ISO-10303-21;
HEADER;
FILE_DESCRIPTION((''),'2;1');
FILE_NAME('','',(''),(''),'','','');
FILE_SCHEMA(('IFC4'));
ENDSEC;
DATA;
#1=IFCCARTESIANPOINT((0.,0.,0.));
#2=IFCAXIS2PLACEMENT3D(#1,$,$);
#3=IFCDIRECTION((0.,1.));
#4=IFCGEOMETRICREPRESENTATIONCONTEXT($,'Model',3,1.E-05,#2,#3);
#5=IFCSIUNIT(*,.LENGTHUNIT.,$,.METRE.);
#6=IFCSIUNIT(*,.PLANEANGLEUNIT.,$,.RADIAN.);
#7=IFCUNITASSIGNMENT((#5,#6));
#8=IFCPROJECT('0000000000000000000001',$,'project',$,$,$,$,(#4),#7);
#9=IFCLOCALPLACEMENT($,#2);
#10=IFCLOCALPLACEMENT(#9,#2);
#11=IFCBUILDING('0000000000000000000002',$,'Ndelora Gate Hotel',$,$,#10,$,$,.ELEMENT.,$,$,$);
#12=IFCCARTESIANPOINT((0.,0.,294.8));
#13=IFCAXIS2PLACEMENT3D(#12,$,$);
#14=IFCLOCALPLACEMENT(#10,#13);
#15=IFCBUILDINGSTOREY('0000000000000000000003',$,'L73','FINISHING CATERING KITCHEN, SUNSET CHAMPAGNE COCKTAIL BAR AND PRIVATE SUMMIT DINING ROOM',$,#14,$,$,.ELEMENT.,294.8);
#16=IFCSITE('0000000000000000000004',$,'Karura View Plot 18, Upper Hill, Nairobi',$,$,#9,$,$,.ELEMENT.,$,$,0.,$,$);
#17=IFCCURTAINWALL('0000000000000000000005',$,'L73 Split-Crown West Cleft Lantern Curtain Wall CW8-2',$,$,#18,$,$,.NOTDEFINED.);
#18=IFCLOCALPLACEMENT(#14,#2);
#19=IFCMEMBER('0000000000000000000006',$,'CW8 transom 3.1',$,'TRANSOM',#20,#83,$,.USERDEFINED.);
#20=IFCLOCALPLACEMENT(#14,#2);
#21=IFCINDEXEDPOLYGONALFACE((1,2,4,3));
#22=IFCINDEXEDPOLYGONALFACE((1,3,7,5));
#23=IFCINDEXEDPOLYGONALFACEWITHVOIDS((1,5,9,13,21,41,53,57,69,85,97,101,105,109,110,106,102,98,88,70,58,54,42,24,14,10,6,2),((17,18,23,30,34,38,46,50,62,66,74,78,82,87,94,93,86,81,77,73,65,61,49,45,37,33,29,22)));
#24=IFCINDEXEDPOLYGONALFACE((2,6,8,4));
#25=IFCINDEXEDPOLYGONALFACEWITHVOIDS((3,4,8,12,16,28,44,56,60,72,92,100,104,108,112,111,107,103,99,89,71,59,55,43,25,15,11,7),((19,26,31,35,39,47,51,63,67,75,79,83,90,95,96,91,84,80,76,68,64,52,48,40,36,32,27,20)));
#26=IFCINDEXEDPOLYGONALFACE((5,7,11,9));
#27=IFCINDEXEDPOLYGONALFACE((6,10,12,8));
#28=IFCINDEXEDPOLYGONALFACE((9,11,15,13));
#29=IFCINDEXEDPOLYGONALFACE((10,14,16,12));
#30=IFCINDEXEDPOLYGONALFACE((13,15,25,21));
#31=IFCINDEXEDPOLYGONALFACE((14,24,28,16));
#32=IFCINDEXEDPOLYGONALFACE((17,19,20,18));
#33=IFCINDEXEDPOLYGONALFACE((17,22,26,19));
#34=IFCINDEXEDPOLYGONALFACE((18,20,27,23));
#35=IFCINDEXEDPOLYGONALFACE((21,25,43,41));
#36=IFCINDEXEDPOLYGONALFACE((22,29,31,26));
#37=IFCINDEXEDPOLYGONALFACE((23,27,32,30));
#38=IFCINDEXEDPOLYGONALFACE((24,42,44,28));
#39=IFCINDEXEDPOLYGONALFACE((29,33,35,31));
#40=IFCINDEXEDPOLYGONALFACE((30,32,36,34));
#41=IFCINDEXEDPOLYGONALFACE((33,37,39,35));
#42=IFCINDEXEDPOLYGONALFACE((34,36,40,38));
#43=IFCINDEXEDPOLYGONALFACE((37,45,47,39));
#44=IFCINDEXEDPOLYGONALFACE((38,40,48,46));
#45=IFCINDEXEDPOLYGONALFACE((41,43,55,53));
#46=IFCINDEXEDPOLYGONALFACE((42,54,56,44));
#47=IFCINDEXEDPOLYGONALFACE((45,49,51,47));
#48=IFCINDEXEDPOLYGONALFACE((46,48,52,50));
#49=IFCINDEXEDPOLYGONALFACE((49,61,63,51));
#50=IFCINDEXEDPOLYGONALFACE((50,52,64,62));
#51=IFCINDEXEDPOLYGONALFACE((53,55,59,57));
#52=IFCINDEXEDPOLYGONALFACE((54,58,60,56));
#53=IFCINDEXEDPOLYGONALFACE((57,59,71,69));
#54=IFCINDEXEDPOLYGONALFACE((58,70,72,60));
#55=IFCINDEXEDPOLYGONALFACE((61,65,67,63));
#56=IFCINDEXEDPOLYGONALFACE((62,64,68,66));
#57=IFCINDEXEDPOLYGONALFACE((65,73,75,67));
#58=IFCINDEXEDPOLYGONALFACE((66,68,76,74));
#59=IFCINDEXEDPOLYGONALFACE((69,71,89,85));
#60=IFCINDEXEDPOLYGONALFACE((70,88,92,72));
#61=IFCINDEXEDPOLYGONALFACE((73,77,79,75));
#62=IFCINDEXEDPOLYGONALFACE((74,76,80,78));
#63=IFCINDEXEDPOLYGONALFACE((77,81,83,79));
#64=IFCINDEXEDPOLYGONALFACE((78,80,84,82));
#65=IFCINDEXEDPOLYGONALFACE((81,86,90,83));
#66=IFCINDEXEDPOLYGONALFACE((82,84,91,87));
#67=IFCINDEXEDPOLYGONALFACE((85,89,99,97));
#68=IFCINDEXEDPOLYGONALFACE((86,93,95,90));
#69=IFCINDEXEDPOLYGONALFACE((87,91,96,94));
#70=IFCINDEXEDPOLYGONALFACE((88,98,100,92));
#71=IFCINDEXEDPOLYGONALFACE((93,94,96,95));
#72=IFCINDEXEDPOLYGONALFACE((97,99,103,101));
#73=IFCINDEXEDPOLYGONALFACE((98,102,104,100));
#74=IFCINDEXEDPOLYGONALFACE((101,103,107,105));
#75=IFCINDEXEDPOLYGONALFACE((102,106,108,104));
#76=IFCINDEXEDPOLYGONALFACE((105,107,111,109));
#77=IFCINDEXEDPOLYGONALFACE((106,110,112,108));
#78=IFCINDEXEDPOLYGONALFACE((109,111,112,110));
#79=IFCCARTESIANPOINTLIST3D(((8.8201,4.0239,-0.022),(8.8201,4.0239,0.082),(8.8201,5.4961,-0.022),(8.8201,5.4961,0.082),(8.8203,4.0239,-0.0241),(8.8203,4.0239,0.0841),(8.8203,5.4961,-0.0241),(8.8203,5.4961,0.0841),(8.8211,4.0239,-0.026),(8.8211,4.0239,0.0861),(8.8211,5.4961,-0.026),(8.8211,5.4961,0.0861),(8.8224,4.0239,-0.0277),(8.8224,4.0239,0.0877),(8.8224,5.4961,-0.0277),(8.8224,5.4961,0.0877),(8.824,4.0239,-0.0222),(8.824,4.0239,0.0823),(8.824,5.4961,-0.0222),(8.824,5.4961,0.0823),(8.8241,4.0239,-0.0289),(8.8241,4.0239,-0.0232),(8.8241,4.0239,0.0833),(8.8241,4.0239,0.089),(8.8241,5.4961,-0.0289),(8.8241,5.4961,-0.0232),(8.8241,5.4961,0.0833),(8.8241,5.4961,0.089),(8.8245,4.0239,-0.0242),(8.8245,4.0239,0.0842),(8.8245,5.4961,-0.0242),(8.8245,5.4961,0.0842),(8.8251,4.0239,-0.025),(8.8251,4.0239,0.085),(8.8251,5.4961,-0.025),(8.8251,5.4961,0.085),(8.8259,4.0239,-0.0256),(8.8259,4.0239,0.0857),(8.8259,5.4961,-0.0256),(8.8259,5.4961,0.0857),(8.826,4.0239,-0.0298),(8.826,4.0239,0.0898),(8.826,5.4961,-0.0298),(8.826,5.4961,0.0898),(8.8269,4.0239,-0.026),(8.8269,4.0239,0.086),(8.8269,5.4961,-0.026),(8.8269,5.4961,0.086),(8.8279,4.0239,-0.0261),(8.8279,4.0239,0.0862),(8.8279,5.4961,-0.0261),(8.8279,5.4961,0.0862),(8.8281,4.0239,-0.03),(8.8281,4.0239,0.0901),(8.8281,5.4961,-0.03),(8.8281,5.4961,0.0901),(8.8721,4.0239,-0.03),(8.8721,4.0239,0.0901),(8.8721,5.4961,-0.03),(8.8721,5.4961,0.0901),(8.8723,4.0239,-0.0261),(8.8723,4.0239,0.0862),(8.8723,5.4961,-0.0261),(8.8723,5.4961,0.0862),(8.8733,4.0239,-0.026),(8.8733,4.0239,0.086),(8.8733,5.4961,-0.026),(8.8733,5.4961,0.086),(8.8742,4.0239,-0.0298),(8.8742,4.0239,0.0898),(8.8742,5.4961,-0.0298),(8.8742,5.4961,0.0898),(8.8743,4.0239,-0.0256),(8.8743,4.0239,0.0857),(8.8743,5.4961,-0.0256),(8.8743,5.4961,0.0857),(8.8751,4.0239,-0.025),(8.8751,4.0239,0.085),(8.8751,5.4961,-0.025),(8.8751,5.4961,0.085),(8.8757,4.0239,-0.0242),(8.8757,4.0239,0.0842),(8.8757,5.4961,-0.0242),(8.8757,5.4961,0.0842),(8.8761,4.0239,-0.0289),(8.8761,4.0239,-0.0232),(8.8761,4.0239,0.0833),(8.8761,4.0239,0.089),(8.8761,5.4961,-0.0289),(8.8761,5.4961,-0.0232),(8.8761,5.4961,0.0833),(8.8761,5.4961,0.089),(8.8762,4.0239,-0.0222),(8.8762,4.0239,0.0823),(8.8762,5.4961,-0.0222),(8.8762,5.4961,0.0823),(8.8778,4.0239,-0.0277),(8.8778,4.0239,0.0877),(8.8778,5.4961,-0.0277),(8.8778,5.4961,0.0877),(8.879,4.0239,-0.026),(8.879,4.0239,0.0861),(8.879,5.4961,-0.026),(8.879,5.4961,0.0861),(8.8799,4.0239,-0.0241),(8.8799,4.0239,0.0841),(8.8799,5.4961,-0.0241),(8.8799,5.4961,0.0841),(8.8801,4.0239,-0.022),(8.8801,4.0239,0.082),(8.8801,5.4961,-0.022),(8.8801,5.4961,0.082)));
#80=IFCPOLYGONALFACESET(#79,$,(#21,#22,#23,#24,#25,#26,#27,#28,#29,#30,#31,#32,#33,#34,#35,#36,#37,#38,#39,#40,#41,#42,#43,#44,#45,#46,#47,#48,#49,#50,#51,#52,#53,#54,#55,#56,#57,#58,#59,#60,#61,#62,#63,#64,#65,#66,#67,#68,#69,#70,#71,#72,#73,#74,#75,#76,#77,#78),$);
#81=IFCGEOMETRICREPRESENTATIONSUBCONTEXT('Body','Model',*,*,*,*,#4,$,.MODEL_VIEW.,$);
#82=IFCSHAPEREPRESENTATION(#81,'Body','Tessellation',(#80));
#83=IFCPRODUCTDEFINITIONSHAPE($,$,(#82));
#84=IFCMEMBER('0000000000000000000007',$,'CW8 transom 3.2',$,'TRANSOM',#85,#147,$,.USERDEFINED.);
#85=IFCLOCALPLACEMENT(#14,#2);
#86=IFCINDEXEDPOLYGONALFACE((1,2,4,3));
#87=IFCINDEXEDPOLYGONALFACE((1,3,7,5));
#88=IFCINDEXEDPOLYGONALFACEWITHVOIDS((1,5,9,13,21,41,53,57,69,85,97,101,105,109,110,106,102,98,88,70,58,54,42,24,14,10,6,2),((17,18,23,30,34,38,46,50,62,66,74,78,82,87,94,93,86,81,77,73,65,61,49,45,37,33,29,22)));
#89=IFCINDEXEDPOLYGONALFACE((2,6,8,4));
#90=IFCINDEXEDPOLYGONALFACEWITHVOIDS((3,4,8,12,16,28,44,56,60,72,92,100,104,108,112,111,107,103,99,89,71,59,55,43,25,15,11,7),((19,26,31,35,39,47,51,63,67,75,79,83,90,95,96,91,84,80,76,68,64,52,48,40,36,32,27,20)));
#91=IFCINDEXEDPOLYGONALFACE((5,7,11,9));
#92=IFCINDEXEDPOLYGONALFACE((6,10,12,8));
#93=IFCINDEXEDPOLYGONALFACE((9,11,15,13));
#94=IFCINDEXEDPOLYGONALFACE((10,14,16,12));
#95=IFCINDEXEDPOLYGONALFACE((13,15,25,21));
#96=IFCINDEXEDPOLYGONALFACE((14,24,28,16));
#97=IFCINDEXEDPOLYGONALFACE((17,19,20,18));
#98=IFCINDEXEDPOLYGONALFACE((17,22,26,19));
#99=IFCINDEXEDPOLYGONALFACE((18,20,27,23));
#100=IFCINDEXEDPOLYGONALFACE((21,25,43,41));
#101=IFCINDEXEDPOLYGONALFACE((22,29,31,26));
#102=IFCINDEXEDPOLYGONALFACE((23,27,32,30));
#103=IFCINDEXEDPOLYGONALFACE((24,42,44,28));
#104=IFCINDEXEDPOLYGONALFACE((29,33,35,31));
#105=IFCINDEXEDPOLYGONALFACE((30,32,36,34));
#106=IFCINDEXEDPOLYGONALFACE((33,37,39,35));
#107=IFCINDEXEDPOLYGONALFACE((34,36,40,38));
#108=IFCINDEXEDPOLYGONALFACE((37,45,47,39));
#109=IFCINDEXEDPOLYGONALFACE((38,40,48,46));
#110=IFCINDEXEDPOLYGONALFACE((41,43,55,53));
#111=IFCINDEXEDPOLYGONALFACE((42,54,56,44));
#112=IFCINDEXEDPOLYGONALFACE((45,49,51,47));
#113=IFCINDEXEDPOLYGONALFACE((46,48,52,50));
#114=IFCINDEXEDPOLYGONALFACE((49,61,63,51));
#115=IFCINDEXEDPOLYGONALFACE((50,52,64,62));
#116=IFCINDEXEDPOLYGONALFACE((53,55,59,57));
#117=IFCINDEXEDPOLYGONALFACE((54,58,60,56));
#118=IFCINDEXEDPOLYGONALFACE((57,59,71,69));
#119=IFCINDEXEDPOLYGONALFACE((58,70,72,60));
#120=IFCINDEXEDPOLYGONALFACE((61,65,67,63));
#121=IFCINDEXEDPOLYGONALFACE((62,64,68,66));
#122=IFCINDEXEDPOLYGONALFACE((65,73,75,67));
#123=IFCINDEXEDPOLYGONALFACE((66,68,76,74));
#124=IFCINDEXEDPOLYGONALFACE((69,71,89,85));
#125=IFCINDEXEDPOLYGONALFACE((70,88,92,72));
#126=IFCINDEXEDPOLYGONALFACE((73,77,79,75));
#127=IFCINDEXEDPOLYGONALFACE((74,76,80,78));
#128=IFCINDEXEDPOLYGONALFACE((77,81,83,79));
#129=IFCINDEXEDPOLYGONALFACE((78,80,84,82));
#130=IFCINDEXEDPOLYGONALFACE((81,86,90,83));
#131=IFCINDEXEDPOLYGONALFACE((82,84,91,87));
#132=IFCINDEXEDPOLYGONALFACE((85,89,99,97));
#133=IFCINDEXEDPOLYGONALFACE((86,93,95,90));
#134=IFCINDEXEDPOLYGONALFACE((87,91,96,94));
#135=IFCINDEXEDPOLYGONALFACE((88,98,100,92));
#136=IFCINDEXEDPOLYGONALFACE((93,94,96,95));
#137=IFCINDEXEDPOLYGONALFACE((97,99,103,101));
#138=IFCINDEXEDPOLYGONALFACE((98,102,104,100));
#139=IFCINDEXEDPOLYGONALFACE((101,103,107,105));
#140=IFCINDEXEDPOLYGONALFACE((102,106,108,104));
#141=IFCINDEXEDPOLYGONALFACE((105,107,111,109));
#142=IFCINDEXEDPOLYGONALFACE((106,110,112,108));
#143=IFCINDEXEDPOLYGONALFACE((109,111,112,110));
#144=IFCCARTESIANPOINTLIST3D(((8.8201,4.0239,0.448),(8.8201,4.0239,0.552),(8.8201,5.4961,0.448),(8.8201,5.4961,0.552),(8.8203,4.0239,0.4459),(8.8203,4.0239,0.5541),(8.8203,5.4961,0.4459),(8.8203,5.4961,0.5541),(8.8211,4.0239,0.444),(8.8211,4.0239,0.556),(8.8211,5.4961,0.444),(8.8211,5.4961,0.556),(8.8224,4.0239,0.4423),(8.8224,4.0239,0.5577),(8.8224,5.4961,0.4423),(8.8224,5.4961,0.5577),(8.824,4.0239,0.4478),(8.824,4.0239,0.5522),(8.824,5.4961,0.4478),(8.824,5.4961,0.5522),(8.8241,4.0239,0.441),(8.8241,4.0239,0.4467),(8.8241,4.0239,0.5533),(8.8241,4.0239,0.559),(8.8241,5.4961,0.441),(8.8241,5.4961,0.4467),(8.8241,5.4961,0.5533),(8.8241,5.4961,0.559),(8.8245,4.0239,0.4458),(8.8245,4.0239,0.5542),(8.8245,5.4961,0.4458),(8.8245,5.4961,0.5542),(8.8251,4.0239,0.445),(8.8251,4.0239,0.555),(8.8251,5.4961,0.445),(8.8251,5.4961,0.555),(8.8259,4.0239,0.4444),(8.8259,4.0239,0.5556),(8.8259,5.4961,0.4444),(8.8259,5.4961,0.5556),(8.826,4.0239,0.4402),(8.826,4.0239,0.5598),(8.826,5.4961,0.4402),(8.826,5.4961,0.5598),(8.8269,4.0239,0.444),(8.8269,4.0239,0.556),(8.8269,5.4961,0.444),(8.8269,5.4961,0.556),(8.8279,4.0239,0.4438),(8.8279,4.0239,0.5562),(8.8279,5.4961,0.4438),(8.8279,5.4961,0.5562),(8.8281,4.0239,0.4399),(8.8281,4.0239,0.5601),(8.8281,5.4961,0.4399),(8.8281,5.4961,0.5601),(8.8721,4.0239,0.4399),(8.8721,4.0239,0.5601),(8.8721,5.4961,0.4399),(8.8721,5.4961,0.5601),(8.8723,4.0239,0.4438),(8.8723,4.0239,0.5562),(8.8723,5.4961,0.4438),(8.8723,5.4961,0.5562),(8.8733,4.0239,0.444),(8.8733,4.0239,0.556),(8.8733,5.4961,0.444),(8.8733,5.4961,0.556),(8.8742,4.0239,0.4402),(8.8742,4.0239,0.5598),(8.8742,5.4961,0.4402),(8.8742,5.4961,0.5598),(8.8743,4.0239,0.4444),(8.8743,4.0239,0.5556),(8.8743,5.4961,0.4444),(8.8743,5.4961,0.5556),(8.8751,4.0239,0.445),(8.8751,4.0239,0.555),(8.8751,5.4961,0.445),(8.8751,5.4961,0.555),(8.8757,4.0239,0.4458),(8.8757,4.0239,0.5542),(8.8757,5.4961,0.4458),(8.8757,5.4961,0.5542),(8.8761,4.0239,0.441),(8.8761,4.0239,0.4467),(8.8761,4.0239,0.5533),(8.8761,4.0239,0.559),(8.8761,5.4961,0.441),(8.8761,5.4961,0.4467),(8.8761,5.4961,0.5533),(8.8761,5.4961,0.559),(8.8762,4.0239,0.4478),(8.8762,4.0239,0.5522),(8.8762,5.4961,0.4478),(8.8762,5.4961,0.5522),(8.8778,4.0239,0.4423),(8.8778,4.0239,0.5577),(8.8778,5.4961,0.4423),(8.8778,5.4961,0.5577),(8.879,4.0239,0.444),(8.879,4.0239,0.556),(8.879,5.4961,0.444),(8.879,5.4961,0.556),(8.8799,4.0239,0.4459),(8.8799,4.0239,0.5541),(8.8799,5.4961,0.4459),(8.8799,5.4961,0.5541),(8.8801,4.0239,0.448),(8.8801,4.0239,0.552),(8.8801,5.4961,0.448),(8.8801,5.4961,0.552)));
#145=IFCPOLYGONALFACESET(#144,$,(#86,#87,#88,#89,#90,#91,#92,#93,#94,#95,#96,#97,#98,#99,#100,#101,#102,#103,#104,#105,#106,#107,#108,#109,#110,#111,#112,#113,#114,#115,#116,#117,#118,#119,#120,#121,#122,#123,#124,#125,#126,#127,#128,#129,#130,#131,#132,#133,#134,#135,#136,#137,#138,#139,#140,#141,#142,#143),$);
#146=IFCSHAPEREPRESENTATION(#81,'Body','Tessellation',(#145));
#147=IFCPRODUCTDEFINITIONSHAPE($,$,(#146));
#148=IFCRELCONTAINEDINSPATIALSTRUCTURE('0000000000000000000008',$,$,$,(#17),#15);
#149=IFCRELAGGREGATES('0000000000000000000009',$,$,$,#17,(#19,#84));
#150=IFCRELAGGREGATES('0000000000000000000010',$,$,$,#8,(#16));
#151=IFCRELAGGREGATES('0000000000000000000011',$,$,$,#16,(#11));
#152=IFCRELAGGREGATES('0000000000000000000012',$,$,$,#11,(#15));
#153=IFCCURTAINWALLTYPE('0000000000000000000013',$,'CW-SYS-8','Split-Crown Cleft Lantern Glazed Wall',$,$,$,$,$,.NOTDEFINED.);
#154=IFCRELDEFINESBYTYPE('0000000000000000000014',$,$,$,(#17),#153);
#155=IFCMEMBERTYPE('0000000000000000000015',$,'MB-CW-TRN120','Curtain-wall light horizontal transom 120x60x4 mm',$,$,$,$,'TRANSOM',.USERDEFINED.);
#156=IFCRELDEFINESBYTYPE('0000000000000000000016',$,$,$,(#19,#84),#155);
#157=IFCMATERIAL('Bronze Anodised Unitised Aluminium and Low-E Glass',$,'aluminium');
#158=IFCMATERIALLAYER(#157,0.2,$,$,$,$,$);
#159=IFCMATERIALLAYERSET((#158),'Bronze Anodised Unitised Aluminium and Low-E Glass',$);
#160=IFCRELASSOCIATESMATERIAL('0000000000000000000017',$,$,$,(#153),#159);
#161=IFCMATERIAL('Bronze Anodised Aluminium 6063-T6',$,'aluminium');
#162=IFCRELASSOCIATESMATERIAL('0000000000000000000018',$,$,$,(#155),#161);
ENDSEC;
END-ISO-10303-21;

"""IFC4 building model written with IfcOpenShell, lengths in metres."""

from ifc_helpers import new_model, si_unit, direction, frame, origin, origin_2d, place, context, subcontext, project, spatial, hollow_rectangle, extrude, material, layer, layer_set, material_profile, profile_set, type_object, element, aggregate, save


model = new_model("IFC4")

# Units and contexts
model_context = context("Model", 3, precision=1e-05, world=origin(), true_north=direction((0.0, 1.0)))
body_context = subcontext(model_context, "Body", "Model", "MODEL_VIEW")
ifc_project = project(units=[si_unit("LENGTHUNIT", "METRE"), si_unit("PLANEANGLEUNIT", "RADIAN")], contexts=[model_context])

# Site, building, storey
site_placement = place(None, origin())
site = spatial("IfcSite", under=ifc_project, at=site_placement, Name="Karura View Plot 18, Upper Hill, Nairobi", CompositionType="ELEMENT", RefElevation=0.0)
building_placement = place(site_placement, origin())
building = spatial("IfcBuilding", under=site, at=building_placement, Name="Ndelora Gate Hotel", CompositionType="ELEMENT")
storey_placement = place(building_placement, frame((0.0, 0.0, 294.8)))
storey = spatial("IfcBuildingStorey", under=building, at=storey_placement, Name="L73", Description="FINISHING CATERING KITCHEN, SUNSET CHAMPAGNE COCKTAIL BAR AND PRIVATE SUMMIT DINING ROOM", CompositionType="ELEMENT", Elevation=294.8)

# Curtain wall
ifc_material_1 = material(Name="Bronze Anodised Unitised Aluminium and Low-E Glass", Category="aluminium")
ifc_layer_1 = layer(ifc_material_1, 0.2)
ifc_layer_set_1 = layer_set([ifc_layer_1], Name="Bronze Anodised Unitised Aluminium and Low-E Glass")
curtain_wall_type = type_object("IfcCurtainWallType", Name="CW-SYS-8", Description="Split-Crown Cleft Lantern Glazed Wall", PredefinedType="NOTDEFINED", material=ifc_layer_set_1)
curtain_wall_1_placement = place(storey_placement, origin())
curtain_wall_1 = element("IfcCurtainWall", 1, at=curtain_wall_1_placement, inside=storey, type_object=curtain_wall_type, Name="L73 Split-Crown West Cleft Lantern Curtain Wall CW8-2", PredefinedType="NOTDEFINED")
ifc_material_2 = material(Name="Bronze Anodised Aluminium 6063-T6", Category="aluminium")

# Members
ifc_material_profile_1 = material_profile(ifc_material_2, hollow_rectangle(XDim=0.0601, YDim=0.1201, WallThickness=0.0039, InnerFilletRadius=0.0039, OuterFilletRadius=0.0081, at=origin_2d()), Name="ALU 120x60x4")
ifc_profile_set_1 = profile_set([ifc_material_profile_1], Name="Bronze Anodised Aluminium 6063-T6")
member_type_1 = type_object("IfcMemberType", Name="MB-CW-TRN120", Description="Curtain-wall light horizontal transom 120x60x4 mm", ElementType="TRANSOM", PredefinedType="USERDEFINED", material=ifc_profile_set_1)
member_1_placement = place(storey_placement, frame((8.8501, 4.0239, 0.03), z_axis=(0.0, 1.0, 0.0), x_axis=(-1.0, 0.0, 0.0)))
member_1 = element("IfcMember", 2, at=member_1_placement, type_object=member_type_1, Name="CW8 transom 3.1", ObjectType="TRANSOM", PredefinedType="USERDEFINED", context=body_context, shape_type="SweptSolid", body=[
    extrude(hollow_rectangle(XDim=0.0601, YDim=0.1201, WallThickness=0.0039, InnerFilletRadius=0.0039, OuterFilletRadius=0.0081, at=origin_2d()), origin(), (0.0, 0.0, 1.0), 1.4722),
])
member_2_placement = place(storey_placement, frame((8.8501, 4.0239, 0.5), z_axis=(0.0, 1.0, 0.0), x_axis=(-1.0, 0.0, 0.0)))
member_2 = element("IfcMember", 3, at=member_2_placement, type_object=member_type_1, Name="CW8 transom 3.2", ObjectType="TRANSOM", PredefinedType="USERDEFINED", context=body_context, shape_type="SweptSolid", body=[
    extrude(hollow_rectangle(XDim=0.0601, YDim=0.1201, WallThickness=0.0039, InnerFilletRadius=0.0039, OuterFilletRadius=0.0081, at=origin_2d()), origin(), (0.0, 0.0, 1.0), 1.4722),
])

aggregate(curtain_wall_1, [member_1, member_2])

save(model, "model.ifc")
